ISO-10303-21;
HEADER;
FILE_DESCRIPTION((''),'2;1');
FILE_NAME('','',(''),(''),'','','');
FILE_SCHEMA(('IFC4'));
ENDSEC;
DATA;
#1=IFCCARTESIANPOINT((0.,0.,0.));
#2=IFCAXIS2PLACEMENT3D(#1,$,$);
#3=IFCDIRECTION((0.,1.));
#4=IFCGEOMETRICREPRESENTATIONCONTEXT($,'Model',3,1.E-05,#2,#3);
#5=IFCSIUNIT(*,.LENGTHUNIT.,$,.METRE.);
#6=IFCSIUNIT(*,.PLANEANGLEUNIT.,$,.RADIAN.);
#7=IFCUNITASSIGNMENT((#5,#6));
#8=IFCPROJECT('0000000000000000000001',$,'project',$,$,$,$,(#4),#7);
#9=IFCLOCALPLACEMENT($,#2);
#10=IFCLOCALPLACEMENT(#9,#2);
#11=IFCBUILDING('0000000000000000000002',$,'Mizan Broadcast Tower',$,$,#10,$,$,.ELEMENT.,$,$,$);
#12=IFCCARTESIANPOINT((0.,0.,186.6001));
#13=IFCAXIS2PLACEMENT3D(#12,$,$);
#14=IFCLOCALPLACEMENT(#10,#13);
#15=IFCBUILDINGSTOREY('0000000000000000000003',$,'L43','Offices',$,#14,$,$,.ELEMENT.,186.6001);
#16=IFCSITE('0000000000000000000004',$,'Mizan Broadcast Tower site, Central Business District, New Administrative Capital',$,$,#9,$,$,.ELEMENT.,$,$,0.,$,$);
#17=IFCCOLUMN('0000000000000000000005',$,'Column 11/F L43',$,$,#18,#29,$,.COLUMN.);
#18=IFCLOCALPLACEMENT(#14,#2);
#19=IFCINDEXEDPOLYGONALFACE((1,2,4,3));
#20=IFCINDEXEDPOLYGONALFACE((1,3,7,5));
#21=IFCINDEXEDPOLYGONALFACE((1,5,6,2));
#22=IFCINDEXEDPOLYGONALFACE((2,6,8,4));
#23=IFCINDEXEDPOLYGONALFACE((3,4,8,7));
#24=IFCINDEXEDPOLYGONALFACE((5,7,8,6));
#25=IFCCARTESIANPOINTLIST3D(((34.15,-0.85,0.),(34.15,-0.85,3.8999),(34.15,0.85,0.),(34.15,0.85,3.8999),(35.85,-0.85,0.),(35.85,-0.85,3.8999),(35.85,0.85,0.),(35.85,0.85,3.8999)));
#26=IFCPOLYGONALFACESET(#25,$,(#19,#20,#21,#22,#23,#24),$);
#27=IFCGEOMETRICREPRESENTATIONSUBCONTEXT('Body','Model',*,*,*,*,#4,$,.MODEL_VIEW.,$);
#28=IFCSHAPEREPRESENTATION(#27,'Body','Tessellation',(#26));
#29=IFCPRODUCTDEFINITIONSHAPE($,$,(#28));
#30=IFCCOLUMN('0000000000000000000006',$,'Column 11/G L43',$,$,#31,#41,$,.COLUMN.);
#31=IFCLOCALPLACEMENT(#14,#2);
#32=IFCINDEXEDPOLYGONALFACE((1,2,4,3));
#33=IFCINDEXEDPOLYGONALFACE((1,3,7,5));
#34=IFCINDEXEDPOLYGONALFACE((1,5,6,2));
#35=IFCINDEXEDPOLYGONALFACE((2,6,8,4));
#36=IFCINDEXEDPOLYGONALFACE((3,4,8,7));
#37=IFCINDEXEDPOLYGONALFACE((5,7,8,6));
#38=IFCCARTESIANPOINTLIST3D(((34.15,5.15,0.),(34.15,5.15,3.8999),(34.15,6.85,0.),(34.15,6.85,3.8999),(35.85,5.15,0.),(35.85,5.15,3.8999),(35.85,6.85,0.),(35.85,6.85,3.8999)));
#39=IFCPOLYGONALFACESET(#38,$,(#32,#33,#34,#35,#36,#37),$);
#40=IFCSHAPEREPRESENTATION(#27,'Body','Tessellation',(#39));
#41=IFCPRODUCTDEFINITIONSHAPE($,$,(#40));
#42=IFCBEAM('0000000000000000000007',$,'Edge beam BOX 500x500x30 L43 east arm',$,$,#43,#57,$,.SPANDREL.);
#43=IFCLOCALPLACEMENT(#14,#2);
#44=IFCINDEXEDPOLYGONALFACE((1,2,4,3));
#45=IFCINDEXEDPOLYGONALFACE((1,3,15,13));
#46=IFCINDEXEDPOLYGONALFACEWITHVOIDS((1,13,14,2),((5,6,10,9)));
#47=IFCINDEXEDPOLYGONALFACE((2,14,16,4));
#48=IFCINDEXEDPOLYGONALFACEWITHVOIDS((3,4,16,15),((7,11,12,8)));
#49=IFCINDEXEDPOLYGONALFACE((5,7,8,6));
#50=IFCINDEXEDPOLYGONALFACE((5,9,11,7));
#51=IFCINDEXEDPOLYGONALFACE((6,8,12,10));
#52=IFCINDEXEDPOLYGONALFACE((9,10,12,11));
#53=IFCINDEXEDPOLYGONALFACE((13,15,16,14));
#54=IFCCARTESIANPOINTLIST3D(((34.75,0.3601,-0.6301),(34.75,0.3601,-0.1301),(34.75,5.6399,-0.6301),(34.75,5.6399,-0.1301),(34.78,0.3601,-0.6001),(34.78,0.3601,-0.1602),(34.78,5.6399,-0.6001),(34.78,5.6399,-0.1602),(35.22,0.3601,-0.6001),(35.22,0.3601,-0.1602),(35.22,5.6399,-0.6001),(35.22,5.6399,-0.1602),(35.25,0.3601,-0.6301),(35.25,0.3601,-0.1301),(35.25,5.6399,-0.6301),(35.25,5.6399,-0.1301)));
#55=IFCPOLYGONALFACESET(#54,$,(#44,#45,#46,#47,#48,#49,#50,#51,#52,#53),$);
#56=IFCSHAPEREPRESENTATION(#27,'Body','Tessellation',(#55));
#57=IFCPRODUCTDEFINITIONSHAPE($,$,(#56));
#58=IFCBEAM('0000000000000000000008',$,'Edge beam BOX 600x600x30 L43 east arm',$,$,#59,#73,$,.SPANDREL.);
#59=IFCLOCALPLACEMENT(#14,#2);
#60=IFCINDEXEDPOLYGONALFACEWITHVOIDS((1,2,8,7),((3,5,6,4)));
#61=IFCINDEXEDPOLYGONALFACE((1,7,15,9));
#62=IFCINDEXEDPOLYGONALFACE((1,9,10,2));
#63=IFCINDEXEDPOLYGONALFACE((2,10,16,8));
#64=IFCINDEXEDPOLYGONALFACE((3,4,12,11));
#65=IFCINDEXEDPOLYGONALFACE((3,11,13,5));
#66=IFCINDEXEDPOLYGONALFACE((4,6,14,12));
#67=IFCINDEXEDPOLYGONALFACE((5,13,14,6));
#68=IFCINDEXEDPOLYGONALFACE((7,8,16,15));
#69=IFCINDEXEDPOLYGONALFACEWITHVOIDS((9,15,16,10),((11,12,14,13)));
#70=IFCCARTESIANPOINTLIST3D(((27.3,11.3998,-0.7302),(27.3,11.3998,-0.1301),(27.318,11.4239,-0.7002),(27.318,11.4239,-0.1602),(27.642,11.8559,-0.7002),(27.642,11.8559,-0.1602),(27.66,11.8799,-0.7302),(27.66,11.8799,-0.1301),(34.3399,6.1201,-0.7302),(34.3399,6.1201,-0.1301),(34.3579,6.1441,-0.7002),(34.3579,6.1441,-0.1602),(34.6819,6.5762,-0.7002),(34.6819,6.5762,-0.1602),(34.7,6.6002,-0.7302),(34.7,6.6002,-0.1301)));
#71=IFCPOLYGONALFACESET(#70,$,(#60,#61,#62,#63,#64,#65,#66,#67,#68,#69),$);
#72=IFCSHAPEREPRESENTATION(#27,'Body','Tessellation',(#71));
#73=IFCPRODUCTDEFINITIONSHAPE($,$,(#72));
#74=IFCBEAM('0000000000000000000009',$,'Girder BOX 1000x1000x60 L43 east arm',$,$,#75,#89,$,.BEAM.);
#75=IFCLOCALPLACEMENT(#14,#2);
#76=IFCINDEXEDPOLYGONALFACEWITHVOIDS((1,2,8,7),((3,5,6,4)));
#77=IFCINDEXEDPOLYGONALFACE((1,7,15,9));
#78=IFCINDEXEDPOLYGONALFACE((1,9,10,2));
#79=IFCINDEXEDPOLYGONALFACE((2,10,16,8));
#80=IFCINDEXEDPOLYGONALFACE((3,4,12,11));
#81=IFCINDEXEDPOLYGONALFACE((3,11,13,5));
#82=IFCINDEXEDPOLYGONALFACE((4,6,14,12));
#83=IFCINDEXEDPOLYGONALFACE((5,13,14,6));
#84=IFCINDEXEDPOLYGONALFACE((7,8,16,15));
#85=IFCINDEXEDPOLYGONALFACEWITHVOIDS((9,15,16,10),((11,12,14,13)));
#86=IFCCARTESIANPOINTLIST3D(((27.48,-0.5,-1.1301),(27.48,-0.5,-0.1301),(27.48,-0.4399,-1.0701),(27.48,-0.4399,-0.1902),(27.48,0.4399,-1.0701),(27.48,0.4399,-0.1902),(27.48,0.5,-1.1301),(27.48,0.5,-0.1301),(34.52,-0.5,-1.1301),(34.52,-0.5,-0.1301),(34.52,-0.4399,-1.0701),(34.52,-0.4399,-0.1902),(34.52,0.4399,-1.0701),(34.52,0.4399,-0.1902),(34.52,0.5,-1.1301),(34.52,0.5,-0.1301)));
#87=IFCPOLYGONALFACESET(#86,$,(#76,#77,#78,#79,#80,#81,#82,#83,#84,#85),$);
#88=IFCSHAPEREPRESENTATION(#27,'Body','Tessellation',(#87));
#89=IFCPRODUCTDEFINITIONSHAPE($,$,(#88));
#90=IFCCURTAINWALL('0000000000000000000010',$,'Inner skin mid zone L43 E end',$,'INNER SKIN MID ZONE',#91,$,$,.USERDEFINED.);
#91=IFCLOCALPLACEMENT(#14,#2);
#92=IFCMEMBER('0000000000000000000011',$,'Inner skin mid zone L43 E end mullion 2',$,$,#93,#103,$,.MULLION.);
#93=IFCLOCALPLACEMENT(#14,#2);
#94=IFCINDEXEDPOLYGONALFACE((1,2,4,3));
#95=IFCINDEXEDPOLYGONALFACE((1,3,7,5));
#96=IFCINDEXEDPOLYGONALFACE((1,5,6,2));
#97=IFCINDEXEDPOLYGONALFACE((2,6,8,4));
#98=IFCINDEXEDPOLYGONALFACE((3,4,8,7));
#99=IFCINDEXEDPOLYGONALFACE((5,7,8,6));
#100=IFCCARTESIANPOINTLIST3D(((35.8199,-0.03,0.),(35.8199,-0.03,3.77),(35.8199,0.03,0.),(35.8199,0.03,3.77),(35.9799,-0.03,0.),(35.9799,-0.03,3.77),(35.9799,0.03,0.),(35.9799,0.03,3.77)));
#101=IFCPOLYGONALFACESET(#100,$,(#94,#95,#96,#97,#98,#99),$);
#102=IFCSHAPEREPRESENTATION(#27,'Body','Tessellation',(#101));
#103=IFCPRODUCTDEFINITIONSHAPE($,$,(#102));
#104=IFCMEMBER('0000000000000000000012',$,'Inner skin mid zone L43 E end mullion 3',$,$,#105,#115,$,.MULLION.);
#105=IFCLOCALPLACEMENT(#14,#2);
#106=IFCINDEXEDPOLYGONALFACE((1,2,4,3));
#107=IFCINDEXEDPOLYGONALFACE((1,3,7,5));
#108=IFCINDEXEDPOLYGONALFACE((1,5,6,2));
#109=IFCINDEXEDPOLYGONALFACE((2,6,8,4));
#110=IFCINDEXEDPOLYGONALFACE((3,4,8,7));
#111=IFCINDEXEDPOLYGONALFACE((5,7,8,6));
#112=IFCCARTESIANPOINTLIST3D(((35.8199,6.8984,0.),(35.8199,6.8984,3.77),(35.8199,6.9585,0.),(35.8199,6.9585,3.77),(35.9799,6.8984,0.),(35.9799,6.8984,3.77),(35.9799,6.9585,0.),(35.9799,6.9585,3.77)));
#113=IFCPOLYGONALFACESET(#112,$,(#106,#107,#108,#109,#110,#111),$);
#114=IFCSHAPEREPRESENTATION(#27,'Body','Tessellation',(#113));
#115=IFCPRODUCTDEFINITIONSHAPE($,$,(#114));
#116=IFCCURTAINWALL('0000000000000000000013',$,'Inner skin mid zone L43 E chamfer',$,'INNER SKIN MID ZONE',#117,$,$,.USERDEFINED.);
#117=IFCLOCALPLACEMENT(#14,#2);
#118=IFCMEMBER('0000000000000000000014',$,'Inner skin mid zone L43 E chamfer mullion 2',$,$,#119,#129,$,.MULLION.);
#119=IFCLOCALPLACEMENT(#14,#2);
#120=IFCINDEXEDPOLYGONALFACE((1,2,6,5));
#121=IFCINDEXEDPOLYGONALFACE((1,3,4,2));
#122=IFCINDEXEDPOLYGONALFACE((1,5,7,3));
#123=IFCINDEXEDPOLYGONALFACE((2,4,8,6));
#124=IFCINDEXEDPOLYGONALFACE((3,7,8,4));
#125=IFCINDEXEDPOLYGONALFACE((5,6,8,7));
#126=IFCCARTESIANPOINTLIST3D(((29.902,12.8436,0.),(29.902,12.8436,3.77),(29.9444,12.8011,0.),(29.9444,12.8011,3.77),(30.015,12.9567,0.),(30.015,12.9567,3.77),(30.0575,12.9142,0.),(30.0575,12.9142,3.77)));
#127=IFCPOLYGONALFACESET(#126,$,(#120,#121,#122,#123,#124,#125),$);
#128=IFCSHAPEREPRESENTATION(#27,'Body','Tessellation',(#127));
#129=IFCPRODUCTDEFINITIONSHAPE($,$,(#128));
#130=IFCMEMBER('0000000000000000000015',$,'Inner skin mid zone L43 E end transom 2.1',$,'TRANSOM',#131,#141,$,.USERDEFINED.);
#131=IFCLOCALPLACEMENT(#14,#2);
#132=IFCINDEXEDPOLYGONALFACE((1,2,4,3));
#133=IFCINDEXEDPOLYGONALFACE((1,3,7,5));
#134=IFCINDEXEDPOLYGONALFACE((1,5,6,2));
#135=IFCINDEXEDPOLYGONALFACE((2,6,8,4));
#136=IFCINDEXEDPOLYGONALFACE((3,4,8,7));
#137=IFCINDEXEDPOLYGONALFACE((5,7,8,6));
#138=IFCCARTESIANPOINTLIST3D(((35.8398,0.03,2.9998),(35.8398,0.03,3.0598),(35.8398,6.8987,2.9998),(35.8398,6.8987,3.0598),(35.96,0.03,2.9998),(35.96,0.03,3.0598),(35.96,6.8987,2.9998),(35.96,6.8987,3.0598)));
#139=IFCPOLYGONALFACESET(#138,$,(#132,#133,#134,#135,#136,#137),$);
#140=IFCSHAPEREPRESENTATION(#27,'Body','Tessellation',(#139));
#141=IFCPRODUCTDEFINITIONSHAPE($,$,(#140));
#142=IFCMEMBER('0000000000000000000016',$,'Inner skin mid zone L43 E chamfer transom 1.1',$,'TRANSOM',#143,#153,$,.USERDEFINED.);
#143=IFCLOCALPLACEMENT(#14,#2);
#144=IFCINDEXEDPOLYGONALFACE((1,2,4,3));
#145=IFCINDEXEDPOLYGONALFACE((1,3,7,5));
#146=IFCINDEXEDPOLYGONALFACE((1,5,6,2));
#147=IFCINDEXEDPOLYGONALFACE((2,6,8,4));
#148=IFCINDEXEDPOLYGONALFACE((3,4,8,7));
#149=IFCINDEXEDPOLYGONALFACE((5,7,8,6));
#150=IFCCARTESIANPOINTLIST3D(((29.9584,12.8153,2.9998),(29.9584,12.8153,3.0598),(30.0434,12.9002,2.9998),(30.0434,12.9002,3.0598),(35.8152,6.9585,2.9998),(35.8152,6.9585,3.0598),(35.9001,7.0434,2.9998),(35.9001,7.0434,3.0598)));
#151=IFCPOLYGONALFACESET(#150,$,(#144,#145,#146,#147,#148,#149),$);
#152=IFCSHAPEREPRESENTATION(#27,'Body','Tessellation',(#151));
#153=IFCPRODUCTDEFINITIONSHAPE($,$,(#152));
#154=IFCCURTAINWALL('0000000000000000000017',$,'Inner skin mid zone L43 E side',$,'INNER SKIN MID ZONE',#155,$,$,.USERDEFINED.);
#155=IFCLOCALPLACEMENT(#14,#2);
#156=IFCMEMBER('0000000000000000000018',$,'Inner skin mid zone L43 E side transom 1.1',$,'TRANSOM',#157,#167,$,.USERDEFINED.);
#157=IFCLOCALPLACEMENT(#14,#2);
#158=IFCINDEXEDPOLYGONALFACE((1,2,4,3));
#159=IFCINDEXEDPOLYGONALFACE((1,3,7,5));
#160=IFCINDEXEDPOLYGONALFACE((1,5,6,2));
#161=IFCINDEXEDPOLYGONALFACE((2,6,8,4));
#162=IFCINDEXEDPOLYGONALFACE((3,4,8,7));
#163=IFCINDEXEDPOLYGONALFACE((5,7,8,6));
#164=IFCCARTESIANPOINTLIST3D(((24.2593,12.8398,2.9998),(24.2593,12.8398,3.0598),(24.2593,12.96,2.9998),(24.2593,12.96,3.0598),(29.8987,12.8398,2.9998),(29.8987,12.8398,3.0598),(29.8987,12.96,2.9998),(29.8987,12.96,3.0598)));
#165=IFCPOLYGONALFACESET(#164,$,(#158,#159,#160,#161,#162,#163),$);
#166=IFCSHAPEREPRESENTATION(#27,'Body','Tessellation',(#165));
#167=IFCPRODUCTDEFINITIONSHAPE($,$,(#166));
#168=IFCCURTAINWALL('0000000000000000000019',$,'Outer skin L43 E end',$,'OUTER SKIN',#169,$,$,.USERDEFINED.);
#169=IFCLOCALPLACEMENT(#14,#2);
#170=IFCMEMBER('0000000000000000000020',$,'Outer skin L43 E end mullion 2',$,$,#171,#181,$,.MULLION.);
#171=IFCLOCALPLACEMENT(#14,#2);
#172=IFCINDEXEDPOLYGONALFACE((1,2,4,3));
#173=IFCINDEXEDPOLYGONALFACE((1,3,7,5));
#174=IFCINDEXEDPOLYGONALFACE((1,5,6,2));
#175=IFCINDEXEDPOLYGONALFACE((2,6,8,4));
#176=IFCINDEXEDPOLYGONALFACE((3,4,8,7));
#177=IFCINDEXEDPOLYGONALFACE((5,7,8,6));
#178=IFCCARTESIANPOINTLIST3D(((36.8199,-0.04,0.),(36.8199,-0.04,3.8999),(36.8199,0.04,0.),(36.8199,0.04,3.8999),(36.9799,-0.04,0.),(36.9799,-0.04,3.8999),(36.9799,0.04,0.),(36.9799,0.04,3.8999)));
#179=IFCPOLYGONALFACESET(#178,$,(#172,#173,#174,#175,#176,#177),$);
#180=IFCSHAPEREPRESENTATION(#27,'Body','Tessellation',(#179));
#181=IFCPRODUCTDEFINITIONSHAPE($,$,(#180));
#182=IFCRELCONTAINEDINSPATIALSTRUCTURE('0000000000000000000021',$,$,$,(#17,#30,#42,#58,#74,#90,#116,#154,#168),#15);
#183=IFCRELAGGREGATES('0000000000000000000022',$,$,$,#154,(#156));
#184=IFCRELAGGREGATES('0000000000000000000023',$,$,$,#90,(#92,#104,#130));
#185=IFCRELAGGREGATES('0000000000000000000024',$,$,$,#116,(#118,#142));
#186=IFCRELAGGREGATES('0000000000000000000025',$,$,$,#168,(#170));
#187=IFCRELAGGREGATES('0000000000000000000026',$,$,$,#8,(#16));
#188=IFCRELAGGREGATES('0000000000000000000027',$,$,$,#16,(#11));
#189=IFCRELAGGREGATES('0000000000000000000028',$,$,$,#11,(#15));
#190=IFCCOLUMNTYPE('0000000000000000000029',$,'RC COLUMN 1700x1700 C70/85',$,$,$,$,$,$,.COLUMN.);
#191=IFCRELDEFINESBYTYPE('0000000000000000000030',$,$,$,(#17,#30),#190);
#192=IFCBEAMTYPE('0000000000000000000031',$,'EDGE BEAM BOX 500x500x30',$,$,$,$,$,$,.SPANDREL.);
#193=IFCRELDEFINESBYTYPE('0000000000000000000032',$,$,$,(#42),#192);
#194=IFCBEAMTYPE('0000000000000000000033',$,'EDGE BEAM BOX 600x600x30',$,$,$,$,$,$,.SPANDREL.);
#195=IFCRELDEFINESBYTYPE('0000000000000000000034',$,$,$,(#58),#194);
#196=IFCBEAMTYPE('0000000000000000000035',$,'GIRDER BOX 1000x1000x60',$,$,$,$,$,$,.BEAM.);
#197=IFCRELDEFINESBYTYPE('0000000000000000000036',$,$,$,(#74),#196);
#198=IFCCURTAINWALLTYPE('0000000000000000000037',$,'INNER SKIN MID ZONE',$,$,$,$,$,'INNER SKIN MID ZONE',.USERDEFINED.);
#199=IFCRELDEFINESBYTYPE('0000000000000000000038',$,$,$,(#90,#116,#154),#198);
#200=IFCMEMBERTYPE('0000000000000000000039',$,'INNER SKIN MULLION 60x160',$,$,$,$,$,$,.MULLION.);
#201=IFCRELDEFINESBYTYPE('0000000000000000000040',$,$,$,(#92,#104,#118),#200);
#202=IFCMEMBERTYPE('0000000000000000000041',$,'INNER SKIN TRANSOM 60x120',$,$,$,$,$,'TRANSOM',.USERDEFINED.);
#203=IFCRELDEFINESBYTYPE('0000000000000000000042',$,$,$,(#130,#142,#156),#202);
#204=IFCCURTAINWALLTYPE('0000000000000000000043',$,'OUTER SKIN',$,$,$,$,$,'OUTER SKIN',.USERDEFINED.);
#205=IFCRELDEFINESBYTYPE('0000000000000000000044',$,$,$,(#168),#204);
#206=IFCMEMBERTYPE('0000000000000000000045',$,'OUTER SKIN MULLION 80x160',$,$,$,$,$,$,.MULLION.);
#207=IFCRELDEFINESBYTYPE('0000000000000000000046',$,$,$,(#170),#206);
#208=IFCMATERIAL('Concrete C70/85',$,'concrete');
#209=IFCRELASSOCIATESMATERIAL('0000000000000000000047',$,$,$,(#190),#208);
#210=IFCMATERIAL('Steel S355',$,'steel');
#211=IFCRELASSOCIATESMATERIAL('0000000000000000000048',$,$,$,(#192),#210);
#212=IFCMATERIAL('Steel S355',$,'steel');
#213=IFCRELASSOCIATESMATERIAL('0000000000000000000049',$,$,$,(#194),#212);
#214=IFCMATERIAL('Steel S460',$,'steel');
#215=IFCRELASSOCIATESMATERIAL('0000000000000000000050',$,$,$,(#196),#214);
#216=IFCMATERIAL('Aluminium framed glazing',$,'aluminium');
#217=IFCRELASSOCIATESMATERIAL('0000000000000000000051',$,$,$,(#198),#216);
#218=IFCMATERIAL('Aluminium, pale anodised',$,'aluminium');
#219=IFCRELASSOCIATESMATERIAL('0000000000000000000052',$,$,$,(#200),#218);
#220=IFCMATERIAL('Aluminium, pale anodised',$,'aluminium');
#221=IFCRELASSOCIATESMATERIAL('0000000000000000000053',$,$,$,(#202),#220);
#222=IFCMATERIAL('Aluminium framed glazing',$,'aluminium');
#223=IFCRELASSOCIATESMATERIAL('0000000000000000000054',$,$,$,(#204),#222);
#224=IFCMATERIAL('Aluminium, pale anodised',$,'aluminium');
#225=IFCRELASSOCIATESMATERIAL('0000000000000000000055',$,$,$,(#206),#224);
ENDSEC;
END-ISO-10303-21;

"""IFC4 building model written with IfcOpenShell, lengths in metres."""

from ifc_helpers import new_model, si_unit, direction, frame, origin, origin_2d, place, context, subcontext, project, spatial, rectangle, hollow_rectangle, extrude, material, material_profile, profile_set, type_object, element, aggregate, save


model = new_model("IFC4")

# Units and contexts
model_context = context("Model", 3, precision=1e-05, world=origin(), true_north=direction((0.0, 1.0)))
body_context = subcontext(model_context, "Body", "Model", "MODEL_VIEW")
ifc_project = project(units=[si_unit("LENGTHUNIT", "METRE"), si_unit("PLANEANGLEUNIT", "RADIAN")], contexts=[model_context])

# Site, building, storey
site_placement = place(None, origin())
site = spatial("IfcSite", under=ifc_project, at=site_placement, Name="Mizan Broadcast Tower site, Central Business District, New Administrative Capital", CompositionType="ELEMENT", RefElevation=0.0)
building_placement = place(site_placement, origin())
building = spatial("IfcBuilding", under=site, at=building_placement, Name="Mizan Broadcast Tower", CompositionType="ELEMENT")
storey_placement = place(building_placement, frame((0.0, 0.0, 186.6001)))
storey = spatial("IfcBuildingStorey", under=building, at=storey_placement, Name="L43", Description="Offices", CompositionType="ELEMENT", Elevation=186.6001)

# Columns
ifc_material_1 = material(Name="Concrete C70/85", Category="concrete")
ifc_material_profile_1 = material_profile(ifc_material_1, rectangle(XDim=1.7, YDim=1.7, at=origin_2d()), Name="RC 1700x1700")
ifc_profile_set_1 = profile_set([ifc_material_profile_1], Name="Concrete C70/85")
column_type = type_object("IfcColumnType", Name="RC COLUMN 1700x1700 C70/85", PredefinedType="COLUMN", material=ifc_profile_set_1)
for number, where, z_axis, x_axis, name in (
    (1, (35.0, 0.0, 0.0), (0.0, 0.0, 1.0), (1.0, 0.0, 0.0), "Column 11/F L43"),
    (2, (35.0, 6.0, 0.0), (0.0, 0.0, 1.0), (1.0, 0.0, 0.0), "Column 11/G L43"),
):
    element("IfcColumn", number, at=place(storey_placement, frame(where, z_axis=z_axis, x_axis=x_axis)), inside=storey, type_object=column_type, Name=name, PredefinedType="COLUMN", context=body_context, shape_type="SweptSolid", body=[
        extrude(rectangle(XDim=1.7, YDim=1.7, at=origin_2d()), origin(), (0.0, 0.0, 1.0), 3.8999),
    ])

# Beams
ifc_material_2 = material(Name="Steel S355", Category="steel")
ifc_material_profile_2 = material_profile(ifc_material_2, hollow_rectangle(XDim=0.5, YDim=0.5, WallThickness=0.03, at=origin_2d()), Name="BOX 500x500x30")
ifc_profile_set_2 = profile_set([ifc_material_profile_2], Name="Steel S355")
beam_type_1 = type_object("IfcBeamType", Name="EDGE BEAM BOX 500x500x30", PredefinedType="SPANDREL", material=ifc_profile_set_2)
beam_1_placement = place(storey_placement, frame((35.0, 5.6399, -0.3801), z_axis=(0.0, -1.0, 0.0), x_axis=(1.0, 0.0, 0.0)))
element("IfcBeam", 3, at=beam_1_placement, inside=storey, type_object=beam_type_1, Name="Edge beam BOX 500x500x30 L43 east arm", PredefinedType="SPANDREL", context=body_context, shape_type="SweptSolid", body=[
    extrude(hollow_rectangle(XDim=0.5, YDim=0.5, WallThickness=0.03, at=origin_2d()), origin(), (0.0, 0.0, 1.0), 5.2798),
])
ifc_material_3 = material(Name="Steel S355", Category="steel")
ifc_material_profile_3 = material_profile(ifc_material_3, hollow_rectangle(XDim=0.6001, YDim=0.6001, WallThickness=0.03, at=origin_2d()), Name="BOX 600x600x30")
ifc_profile_set_3 = profile_set([ifc_material_profile_3], Name="Steel S355")
beam_type_2 = type_object("IfcBeamType", Name="EDGE BEAM BOX 600x600x30", PredefinedType="SPANDREL", material=ifc_profile_set_3)
beam_2_placement = place(storey_placement, frame((27.48, 11.6399, -0.4302), z_axis=(0.800013, -0.599982, 0.0), x_axis=(0.599982, 0.800013, 0.0)))
element("IfcBeam", 4, at=beam_2_placement, inside=storey, type_object=beam_type_2, Name="Edge beam BOX 600x600x30 L43 east arm", PredefinedType="SPANDREL", context=body_context, shape_type="SweptSolid", body=[
    extrude(hollow_rectangle(XDim=0.6001, YDim=0.6001, WallThickness=0.03, at=origin_2d()), origin(), (0.0, 0.0, 1.0), 8.7998),
])
ifc_material_4 = material(Name="Steel S460", Category="steel")
ifc_material_profile_4 = material_profile(ifc_material_4, hollow_rectangle(XDim=1.0, YDim=1.0, WallThickness=0.0601, at=origin_2d()), Name="BOX 1000x1000x60")
ifc_profile_set_4 = profile_set([ifc_material_profile_4], Name="Steel S460")
beam_type_3 = type_object("IfcBeamType", Name="GIRDER BOX 1000x1000x60", PredefinedType="BEAM", material=ifc_profile_set_4)
beam_3_placement = place(storey_placement, frame((27.48, 0.0, -0.6301), z_axis=(1.0, 0.0, 0.0), x_axis=(0.0, 1.0, 0.0)))
element("IfcBeam", 5, at=beam_3_placement, inside=storey, type_object=beam_type_3, Name="Girder BOX 1000x1000x60 L43 east arm", PredefinedType="BEAM", context=body_context, shape_type="SweptSolid", body=[
    extrude(hollow_rectangle(XDim=1.0, YDim=1.0, WallThickness=0.0601, at=origin_2d()), origin(), (0.0, 0.0, 1.0), 7.04),
])

# Curtain wall, members
ifc_material_5 = material(Name="Aluminium framed glazing", Category="aluminium")
curtain_wall_type_1 = type_object("IfcCurtainWallType", Name="INNER SKIN MID ZONE", ElementType="INNER SKIN MID ZONE", PredefinedType="USERDEFINED", material=ifc_material_5)
curtain_wall_1_placement = place(storey_placement, origin())
curtain_wall_1 = element("IfcCurtainWall", 6, at=curtain_wall_1_placement, inside=storey, type_object=curtain_wall_type_1, Name="Inner skin mid zone L43 E end", ObjectType="INNER SKIN MID ZONE", PredefinedType="USERDEFINED")
ifc_material_6 = material(Name="Aluminium, pale anodised", Category="aluminium")
ifc_material_profile_5 = material_profile(ifc_material_6, rectangle(XDim=0.1599, YDim=0.0601, at=origin_2d()), Name="MULLION 160x60")
ifc_profile_set_5 = profile_set([ifc_material_profile_5], Name="Aluminium, pale anodised")
member_type_1 = type_object("IfcMemberType", Name="INNER SKIN MULLION 60x160", PredefinedType="MULLION", material=ifc_profile_set_5)
member_1_placement = place(storey_placement, frame((35.8999, 0.0, 0.0), z_axis=(0.0, 0.0, 1.0), x_axis=(-1.0, 0.0, 0.0)))
member_1 = element("IfcMember", 7, at=member_1_placement, type_object=member_type_1, Name="Inner skin mid zone L43 E end mullion 2", PredefinedType="MULLION", context=body_context, shape_type="SweptSolid", body=[
    extrude(rectangle(XDim=0.1599, YDim=0.0601, at=origin_2d()), origin(), (0.0, 0.0, 1.0), 3.77),
])
member_2_placement = place(storey_placement, frame((35.8999, 6.9285, 0.0), z_axis=(0.0, 0.0, 1.0), x_axis=(-1.0, 0.0, 0.0)))
member_2 = element("IfcMember", 8, at=member_2_placement, type_object=member_type_1, Name="Inner skin mid zone L43 E end mullion 3", PredefinedType="MULLION", context=body_context, shape_type="SweptSolid", body=[
    extrude(rectangle(XDim=0.1599, YDim=0.0601, at=origin_2d()), origin(), (0.0, 0.0, 1.0), 3.77),
])

# Curtain wall, member
curtain_wall_2_placement = place(storey_placement, origin())
curtain_wall_2 = element("IfcCurtainWall", 9, at=curtain_wall_2_placement, inside=storey, type_object=curtain_wall_type_1, Name="Inner skin mid zone L43 E chamfer", ObjectType="INNER SKIN MID ZONE", PredefinedType="USERDEFINED")
member_3_placement = place(storey_placement, frame((29.9797, 12.8789, 0.0), z_axis=(0.0, 0.0, 1.0), x_axis=(-0.707107, -0.707107, 0.0)))
member_3 = element("IfcMember", 10, at=member_3_placement, type_object=member_type_1, Name="Inner skin mid zone L43 E chamfer mullion 2", PredefinedType="MULLION", context=body_context, shape_type="SweptSolid", body=[
    extrude(rectangle(XDim=0.1599, YDim=0.0601, at=origin_2d()), origin(), (0.0, 0.0, 1.0), 3.77),
])

# Members
ifc_material_7 = material(Name="Aluminium, pale anodised", Category="aluminium")
ifc_material_profile_6 = material_profile(ifc_material_7, rectangle(XDim=0.1201, YDim=0.0601, at=origin_2d()), Name="TRANSOM 120x60")
ifc_profile_set_6 = profile_set([ifc_material_profile_6], Name="Aluminium, pale anodised")
member_type_2 = type_object("IfcMemberType", Name="INNER SKIN TRANSOM 60x120", ElementType="TRANSOM", PredefinedType="USERDEFINED", material=ifc_profile_set_6)
member_4_placement = place(storey_placement, frame((35.8999, 0.03, 3.0298), z_axis=(0.0, 1.0, 0.0), x_axis=(-1.0, 0.0, 0.0)))
member_4 = element("IfcMember", 11, at=member_4_placement, type_object=member_type_2, Name="Inner skin mid zone L43 E end transom 2.1", ObjectType="TRANSOM", PredefinedType="USERDEFINED", context=body_context, shape_type="SweptSolid", body=[
    extrude(rectangle(XDim=0.1201, YDim=0.0601, at=origin_2d()), origin(), (0.0, 0.0, 1.0), 6.8687),
])
member_5_placement = place(storey_placement, frame((35.8577, 7.001, 3.0298), z_axis=(-0.707107, 0.707107, 0.0), x_axis=(-0.707107, -0.707107, 0.0)))
member_5 = element("IfcMember", 12, at=member_5_placement, type_object=member_type_2, Name="Inner skin mid zone L43 E chamfer transom 1.1", ObjectType="TRANSOM", PredefinedType="USERDEFINED", context=body_context, shape_type="SweptSolid", body=[
    extrude(rectangle(XDim=0.1201, YDim=0.0601, at=origin_2d()), origin(), (0.0, 0.0, 1.0), 8.2827),
])

# Curtain wall, member
curtain_wall_3_placement = place(storey_placement, origin())
curtain_wall_3 = element("IfcCurtainWall", 13, at=curtain_wall_3_placement, inside=storey, type_object=curtain_wall_type_1, Name="Inner skin mid zone L43 E side", ObjectType="INNER SKIN MID ZONE", PredefinedType="USERDEFINED")
member_6_placement = place(storey_placement, frame((29.8987, 12.8999, 3.0298), z_axis=(-1.0, 0.0, 0.0), x_axis=(0.0, -1.0, 0.0)))
member_6 = element("IfcMember", 14, at=member_6_placement, type_object=member_type_2, Name="Inner skin mid zone L43 E side transom 1.1", ObjectType="TRANSOM", PredefinedType="USERDEFINED", context=body_context, shape_type="SweptSolid", body=[
    extrude(rectangle(XDim=0.1201, YDim=0.0601, at=origin_2d()), origin(), (0.0, 0.0, 1.0), 5.6394),
])
aggregate(curtain_wall_3, [member_6])

# Curtain wall, member
ifc_material_8 = material(Name="Aluminium framed glazing", Category="aluminium")
curtain_wall_type_2 = type_object("IfcCurtainWallType", Name="OUTER SKIN", ElementType="OUTER SKIN", PredefinedType="USERDEFINED", material=ifc_material_8)
curtain_wall_4_placement = place(storey_placement, origin())
curtain_wall_4 = element("IfcCurtainWall", 15, at=curtain_wall_4_placement, inside=storey, type_object=curtain_wall_type_2, Name="Outer skin L43 E end", ObjectType="OUTER SKIN", PredefinedType="USERDEFINED")
ifc_material_9 = material(Name="Aluminium, pale anodised", Category="aluminium")
ifc_material_profile_7 = material_profile(ifc_material_9, rectangle(XDim=0.1599, YDim=0.0801, at=origin_2d()), Name="MULLION 160x80")
ifc_profile_set_7 = profile_set([ifc_material_profile_7], Name="Aluminium, pale anodised")
member_type_3 = type_object("IfcMemberType", Name="OUTER SKIN MULLION 80x160", PredefinedType="MULLION", material=ifc_profile_set_7)
member_7_placement = place(storey_placement, frame((36.8999, 0.0, 0.0), z_axis=(0.0, 0.0, 1.0), x_axis=(-1.0, 0.0, 0.0)))
member_7 = element("IfcMember", 16, at=member_7_placement, type_object=member_type_3, Name="Outer skin L43 E end mullion 2", PredefinedType="MULLION", context=body_context, shape_type="SweptSolid", body=[
    extrude(rectangle(XDim=0.1599, YDim=0.0801, at=origin_2d()), origin(), (0.0, 0.0, 1.0), 3.8999),
])

aggregate(curtain_wall_1, [member_1, member_2, member_4])
aggregate(curtain_wall_2, [member_3, member_5])
aggregate(curtain_wall_4, [member_7])

save(model, "model.ifc")
